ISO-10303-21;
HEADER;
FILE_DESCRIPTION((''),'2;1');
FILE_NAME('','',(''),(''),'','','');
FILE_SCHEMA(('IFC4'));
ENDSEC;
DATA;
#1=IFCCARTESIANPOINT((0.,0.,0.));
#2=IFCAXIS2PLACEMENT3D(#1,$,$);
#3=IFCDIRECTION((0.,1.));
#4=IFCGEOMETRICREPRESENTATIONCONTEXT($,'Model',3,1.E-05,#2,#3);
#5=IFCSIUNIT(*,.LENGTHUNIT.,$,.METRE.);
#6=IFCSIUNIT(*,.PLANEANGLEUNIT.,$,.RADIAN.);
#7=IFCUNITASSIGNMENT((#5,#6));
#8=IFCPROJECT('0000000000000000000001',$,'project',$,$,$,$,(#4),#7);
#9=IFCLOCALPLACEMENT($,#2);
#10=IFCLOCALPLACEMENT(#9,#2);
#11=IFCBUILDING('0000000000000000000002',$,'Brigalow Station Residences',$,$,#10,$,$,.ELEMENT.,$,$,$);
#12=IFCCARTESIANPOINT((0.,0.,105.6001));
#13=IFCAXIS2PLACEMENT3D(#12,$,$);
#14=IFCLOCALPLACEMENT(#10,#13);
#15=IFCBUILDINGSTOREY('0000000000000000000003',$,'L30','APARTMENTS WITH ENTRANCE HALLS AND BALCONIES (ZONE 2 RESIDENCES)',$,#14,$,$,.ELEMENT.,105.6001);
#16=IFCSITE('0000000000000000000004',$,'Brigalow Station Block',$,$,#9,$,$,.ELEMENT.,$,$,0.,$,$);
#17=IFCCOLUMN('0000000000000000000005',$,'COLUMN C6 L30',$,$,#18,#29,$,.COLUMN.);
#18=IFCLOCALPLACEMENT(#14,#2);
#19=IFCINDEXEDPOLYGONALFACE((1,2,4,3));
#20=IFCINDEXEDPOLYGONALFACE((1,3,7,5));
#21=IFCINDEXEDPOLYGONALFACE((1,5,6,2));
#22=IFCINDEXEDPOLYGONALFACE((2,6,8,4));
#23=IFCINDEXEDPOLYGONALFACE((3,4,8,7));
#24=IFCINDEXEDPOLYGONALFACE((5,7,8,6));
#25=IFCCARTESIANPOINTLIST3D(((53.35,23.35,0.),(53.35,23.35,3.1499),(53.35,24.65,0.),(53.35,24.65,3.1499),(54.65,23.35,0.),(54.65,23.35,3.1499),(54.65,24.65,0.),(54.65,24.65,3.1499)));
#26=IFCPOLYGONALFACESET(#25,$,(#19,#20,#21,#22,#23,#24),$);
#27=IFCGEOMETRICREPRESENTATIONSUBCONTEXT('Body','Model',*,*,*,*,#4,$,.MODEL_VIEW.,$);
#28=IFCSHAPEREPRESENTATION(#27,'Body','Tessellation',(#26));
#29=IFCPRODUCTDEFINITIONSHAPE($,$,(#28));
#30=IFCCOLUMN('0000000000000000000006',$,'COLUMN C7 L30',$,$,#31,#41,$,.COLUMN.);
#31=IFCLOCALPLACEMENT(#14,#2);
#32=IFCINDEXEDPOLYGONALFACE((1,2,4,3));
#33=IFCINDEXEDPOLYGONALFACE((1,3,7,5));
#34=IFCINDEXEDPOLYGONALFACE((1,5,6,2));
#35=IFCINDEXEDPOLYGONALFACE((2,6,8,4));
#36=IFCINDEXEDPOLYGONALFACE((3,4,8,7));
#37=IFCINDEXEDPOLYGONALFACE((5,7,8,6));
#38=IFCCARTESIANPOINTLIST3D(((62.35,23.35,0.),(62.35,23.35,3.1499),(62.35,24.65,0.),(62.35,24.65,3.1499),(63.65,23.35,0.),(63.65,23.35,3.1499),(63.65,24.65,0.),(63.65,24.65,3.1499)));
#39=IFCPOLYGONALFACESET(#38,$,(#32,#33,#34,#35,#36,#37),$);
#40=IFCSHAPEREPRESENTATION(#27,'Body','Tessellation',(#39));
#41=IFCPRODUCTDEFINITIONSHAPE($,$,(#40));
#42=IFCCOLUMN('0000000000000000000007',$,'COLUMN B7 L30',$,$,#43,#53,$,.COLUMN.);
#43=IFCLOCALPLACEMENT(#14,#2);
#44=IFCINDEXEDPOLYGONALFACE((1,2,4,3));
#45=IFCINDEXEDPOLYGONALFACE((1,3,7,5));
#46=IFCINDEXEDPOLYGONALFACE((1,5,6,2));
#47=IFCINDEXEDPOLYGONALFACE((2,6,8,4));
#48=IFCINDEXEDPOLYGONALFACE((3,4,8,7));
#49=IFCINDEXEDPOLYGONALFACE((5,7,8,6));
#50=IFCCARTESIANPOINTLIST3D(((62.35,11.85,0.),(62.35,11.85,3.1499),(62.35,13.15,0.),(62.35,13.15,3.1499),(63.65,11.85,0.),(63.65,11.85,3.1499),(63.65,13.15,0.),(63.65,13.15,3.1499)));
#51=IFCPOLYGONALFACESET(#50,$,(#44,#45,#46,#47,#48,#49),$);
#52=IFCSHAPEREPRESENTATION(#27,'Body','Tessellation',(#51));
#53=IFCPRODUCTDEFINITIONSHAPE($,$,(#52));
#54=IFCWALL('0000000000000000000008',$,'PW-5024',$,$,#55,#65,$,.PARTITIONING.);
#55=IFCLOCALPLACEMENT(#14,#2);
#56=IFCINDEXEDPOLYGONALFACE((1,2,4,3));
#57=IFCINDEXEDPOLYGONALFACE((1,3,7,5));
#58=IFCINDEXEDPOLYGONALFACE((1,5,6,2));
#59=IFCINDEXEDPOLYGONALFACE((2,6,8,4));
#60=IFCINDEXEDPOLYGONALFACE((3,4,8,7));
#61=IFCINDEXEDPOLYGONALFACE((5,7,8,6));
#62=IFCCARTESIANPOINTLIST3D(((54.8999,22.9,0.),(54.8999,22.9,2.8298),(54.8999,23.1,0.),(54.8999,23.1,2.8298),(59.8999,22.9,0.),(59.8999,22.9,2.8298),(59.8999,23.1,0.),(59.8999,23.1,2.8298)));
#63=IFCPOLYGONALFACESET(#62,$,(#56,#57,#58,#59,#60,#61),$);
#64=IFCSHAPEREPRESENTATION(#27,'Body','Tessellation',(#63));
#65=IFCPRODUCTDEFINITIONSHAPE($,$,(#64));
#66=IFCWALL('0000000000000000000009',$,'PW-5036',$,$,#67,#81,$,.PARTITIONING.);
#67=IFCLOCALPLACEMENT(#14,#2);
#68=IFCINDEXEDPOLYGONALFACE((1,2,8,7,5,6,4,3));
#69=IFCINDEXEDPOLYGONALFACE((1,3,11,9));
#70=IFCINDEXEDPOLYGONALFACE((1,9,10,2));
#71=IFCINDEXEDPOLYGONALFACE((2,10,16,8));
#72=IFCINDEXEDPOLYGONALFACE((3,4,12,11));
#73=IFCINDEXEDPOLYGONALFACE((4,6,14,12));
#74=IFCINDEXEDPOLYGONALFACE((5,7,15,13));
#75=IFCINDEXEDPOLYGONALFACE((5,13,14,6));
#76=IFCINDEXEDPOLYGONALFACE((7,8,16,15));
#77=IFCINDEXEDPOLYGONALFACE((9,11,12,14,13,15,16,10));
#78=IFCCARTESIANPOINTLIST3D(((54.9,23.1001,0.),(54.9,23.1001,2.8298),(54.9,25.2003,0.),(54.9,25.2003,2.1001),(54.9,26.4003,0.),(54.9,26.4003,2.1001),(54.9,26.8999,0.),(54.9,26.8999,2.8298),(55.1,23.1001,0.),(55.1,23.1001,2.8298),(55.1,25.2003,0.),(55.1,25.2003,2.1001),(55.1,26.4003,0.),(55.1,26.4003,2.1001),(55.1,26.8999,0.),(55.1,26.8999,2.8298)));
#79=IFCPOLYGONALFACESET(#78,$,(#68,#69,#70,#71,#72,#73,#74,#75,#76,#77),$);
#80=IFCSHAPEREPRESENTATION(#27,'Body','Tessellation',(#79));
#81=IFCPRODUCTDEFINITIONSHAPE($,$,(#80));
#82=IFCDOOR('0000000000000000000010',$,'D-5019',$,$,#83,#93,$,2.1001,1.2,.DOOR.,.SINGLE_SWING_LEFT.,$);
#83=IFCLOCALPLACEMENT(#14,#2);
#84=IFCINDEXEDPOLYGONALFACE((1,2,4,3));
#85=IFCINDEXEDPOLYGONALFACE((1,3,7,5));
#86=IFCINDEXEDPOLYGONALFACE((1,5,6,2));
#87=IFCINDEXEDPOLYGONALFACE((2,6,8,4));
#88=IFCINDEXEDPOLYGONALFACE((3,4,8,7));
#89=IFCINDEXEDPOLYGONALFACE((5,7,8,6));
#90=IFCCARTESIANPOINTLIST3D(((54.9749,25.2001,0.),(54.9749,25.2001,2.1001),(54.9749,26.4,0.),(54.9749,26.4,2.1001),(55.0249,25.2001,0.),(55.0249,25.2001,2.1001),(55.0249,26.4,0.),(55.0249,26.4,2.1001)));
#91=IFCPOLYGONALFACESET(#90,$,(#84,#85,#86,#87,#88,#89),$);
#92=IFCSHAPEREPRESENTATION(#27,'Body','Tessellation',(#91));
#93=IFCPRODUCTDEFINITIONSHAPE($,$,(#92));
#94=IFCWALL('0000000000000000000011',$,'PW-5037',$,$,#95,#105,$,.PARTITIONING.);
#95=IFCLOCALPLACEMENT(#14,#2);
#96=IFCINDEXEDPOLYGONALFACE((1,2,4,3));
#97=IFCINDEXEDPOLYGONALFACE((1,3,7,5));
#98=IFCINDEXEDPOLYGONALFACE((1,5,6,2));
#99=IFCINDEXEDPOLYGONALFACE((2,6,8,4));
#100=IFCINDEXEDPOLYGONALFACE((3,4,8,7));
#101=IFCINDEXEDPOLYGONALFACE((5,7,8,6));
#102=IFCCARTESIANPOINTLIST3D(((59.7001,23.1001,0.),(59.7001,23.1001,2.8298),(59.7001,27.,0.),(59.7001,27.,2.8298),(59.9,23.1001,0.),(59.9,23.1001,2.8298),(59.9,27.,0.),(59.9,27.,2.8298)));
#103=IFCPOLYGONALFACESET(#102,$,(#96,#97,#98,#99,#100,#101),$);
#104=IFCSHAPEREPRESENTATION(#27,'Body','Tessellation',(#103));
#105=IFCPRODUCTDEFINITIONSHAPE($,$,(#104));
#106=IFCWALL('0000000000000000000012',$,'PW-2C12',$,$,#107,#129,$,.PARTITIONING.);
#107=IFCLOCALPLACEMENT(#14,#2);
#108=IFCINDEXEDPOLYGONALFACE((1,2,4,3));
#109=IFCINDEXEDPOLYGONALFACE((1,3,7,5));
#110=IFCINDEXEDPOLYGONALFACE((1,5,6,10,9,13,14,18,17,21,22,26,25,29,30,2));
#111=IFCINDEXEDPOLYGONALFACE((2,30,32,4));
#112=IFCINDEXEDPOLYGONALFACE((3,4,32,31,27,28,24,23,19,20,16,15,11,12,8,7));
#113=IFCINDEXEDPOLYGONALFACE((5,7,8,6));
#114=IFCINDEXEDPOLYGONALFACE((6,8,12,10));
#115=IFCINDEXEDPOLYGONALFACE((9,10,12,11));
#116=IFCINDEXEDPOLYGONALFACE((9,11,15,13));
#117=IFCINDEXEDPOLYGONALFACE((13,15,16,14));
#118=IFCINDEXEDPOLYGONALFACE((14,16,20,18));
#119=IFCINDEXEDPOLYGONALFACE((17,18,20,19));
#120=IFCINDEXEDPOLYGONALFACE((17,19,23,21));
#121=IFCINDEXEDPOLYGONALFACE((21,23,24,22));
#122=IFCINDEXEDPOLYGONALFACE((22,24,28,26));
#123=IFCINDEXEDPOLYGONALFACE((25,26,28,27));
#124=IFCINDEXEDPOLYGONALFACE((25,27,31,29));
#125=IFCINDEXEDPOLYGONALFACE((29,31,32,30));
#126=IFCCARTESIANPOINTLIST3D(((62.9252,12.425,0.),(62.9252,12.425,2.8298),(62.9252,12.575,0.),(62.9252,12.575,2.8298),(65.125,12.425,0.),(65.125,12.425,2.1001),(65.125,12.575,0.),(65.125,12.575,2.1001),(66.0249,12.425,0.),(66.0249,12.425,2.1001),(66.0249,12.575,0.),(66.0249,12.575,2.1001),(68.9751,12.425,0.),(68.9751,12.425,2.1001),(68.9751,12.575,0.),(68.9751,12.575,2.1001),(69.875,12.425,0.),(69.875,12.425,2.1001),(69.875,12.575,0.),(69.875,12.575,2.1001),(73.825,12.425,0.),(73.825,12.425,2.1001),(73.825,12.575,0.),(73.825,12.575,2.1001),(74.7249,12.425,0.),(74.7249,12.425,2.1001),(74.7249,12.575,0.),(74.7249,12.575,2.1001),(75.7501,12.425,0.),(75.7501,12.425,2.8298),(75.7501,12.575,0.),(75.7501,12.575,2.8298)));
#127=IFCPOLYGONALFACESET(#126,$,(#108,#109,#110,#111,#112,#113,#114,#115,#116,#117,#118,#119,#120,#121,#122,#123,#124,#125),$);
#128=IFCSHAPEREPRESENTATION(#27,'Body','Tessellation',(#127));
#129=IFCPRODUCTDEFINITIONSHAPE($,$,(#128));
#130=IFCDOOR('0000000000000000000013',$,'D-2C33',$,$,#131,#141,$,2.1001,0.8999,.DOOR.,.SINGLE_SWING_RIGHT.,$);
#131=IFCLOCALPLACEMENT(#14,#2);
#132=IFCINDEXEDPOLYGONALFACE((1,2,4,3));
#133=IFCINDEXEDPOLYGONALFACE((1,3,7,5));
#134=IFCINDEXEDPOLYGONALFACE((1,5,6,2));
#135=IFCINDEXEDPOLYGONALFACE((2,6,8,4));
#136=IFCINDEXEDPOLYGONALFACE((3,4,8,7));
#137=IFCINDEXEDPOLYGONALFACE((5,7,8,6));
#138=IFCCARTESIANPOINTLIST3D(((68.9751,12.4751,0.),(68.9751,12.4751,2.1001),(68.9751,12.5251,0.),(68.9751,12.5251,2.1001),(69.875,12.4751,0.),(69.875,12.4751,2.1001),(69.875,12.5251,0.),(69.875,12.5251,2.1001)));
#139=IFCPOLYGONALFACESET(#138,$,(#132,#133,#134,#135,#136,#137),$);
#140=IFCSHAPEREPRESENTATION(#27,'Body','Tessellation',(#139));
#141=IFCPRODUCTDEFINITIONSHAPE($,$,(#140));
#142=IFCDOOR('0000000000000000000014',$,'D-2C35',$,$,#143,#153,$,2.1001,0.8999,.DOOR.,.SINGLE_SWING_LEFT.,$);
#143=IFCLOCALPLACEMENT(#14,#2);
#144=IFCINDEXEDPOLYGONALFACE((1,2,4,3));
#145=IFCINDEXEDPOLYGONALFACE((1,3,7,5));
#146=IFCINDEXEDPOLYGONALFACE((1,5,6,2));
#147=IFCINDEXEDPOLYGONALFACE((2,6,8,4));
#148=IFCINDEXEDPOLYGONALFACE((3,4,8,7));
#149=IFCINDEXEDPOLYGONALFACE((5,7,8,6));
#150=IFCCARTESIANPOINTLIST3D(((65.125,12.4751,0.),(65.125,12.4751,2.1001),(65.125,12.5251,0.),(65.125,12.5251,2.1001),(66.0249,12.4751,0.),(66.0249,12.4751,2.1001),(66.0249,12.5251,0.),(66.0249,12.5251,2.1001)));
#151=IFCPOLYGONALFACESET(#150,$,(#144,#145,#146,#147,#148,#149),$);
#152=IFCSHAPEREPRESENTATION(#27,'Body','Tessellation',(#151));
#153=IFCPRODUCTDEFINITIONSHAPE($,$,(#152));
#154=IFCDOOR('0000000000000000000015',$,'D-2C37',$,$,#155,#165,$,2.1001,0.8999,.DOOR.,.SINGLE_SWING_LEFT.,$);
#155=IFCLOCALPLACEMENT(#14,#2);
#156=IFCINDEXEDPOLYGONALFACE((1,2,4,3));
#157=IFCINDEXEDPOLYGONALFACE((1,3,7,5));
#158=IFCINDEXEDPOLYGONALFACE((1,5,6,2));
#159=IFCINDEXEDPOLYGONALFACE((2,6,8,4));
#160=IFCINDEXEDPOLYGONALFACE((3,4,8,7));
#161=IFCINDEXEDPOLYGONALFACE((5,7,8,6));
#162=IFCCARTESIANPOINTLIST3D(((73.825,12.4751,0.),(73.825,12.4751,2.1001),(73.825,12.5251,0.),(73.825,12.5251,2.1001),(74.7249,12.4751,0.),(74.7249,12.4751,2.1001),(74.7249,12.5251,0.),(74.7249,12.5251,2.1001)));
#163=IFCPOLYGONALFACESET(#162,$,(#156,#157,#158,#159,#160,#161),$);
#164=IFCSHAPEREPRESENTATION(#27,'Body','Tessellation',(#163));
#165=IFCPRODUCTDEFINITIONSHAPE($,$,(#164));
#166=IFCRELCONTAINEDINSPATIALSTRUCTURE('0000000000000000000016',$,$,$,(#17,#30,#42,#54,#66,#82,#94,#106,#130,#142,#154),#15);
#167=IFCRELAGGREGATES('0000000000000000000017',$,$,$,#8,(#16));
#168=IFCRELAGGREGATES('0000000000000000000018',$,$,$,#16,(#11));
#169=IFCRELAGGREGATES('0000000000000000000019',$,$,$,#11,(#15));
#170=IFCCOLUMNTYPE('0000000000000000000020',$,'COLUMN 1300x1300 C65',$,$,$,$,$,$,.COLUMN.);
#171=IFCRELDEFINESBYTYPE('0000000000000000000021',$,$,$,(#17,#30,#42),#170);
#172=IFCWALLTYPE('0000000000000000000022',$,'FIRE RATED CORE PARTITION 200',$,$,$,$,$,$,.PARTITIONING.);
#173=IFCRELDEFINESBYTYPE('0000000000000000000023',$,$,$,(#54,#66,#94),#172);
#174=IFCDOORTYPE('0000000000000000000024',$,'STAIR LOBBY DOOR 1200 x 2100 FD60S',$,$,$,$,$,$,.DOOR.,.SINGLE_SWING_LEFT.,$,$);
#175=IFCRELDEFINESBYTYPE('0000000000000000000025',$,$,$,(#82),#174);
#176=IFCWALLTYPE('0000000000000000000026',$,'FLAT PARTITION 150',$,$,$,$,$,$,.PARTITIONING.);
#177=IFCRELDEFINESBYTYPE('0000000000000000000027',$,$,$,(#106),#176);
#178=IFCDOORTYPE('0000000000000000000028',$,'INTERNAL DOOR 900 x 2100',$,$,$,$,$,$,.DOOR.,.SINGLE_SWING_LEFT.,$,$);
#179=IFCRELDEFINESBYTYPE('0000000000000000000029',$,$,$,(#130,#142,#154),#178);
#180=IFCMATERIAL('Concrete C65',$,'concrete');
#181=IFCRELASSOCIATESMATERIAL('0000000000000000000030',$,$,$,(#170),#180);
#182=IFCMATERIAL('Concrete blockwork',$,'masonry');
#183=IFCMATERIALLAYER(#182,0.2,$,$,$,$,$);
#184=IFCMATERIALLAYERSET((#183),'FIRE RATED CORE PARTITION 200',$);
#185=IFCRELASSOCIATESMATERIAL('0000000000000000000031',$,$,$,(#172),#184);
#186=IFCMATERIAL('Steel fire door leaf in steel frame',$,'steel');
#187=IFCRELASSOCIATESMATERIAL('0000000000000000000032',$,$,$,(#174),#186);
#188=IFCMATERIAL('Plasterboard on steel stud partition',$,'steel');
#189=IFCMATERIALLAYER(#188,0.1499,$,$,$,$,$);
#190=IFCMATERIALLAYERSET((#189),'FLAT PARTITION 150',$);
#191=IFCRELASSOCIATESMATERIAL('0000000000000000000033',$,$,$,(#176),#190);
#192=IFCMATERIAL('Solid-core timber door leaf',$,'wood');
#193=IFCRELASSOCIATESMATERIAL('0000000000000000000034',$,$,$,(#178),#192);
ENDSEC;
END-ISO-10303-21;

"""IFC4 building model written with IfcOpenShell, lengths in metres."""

from ifc_helpers import new_model, si_unit, direction, frame, frame_2d, origin, origin_2d, place, context, subcontext, project, spatial, rectangle, extrude, material, layer, layer_set, material_profile, profile_set, type_object, element, fill, save


model = new_model("IFC4")

# Units and contexts
model_context = context("Model", 3, precision=1e-05, world=origin(), true_north=direction((0.0, 1.0)))
body_context = subcontext(model_context, "Body", "Model", "MODEL_VIEW")
ifc_project = project(units=[si_unit("LENGTHUNIT", "METRE"), si_unit("PLANEANGLEUNIT", "RADIAN")], contexts=[model_context])

# Site, building, storey
site_placement = place(None, origin())
site = spatial("IfcSite", under=ifc_project, at=site_placement, Name="Brigalow Station Block", CompositionType="ELEMENT", RefElevation=0.0)
building_placement = place(site_placement, origin())
building = spatial("IfcBuilding", under=site, at=building_placement, Name="Brigalow Station Residences", CompositionType="ELEMENT")
storey_placement = place(building_placement, frame((0.0, 0.0, 105.6001)))
storey = spatial("IfcBuildingStorey", under=building, at=storey_placement, Name="L30", Description="APARTMENTS WITH ENTRANCE HALLS AND BALCONIES (ZONE 2 RESIDENCES)", CompositionType="ELEMENT", Elevation=105.6001)

# Columns
ifc_material_1 = material(Name="Concrete C65", Category="concrete")
ifc_material_profile = material_profile(ifc_material_1, rectangle(XDim=1.3, YDim=1.3, at=origin_2d()), Name="RC1300x1300")
ifc_profile_set = profile_set([ifc_material_profile], Name="Concrete C65")
column_type = type_object("IfcColumnType", Name="COLUMN 1300x1300 C65", PredefinedType="COLUMN", material=ifc_profile_set)
for number, where, z_axis, x_axis, name in (
    (1, (54.0, 24.0, 0.0), (0.0, 0.0, 1.0), (1.0, 0.0, 0.0), "COLUMN C6 L30"),
    (2, (63.0, 24.0, 0.0), (0.0, 0.0, 1.0), (1.0, 0.0, 0.0), "COLUMN C7 L30"),
    (3, (63.0, 12.5, 0.0), (0.0, 0.0, 1.0), (1.0, 0.0, 0.0), "COLUMN B7 L30"),
):
    element("IfcColumn", number, at=place(storey_placement, frame(where, z_axis=z_axis, x_axis=x_axis)), inside=storey, type_object=column_type, Name=name, PredefinedType="COLUMN", context=body_context, shape_type="SweptSolid", body=[
        extrude(rectangle(XDim=1.3, YDim=1.3, at=origin_2d()), origin(), (0.0, 0.0, 1.0), 3.1499),
    ])

# Wall
ifc_material_2 = material(Name="Concrete blockwork", Category="masonry")
ifc_layer_1 = layer(ifc_material_2, 0.2)
ifc_layer_set_1 = layer_set([ifc_layer_1], Name="FIRE RATED CORE PARTITION 200")
wall_type_1 = type_object("IfcWallType", Name="FIRE RATED CORE PARTITION 200", PredefinedType="PARTITIONING", material=ifc_layer_set_1)
wall_1_placement = place(storey_placement, frame((54.8999, 23.0, 0.0), z_axis=(0.0, 0.0, 1.0), x_axis=(1.0, 0.0, 0.0)))
element("IfcWall", 4, at=wall_1_placement, inside=storey, type_object=wall_type_1, Name="PW-5024", PredefinedType="PARTITIONING", context=body_context, shape_type="SweptSolid", body=[
    extrude(rectangle(XDim=5.0, YDim=0.2, at=frame_2d((2.5, 0.0))), origin(), (0.0, 0.0, 1.0), 2.8298),
])

# Wall, opening, door
wall_2_placement = place(storey_placement, frame((55.0, 23.1001, 0.0), z_axis=(0.0, 0.0, 1.0), x_axis=(0.0, 1.0, 0.0)))
wall_2 = element("IfcWall", 5, at=wall_2_placement, inside=storey, type_object=wall_type_1, Name="PW-5036", PredefinedType="PARTITIONING", context=body_context, shape_type="SweptSolid", body=[
    extrude(rectangle(XDim=3.7998, YDim=0.2, at=frame_2d((1.8999, 0.0))), origin(), (0.0, 0.0, 1.0), 2.8298),
])
opening_1_placement = place(wall_2_placement, frame((2.1001, 0.0, 0.0)))
opening_1 = element("IfcOpeningElement", 6, at=opening_1_placement, cuts=wall_2, PredefinedType="OPENING", context=body_context, shape_type="SweptSolid", body=[
    extrude(rectangle(XDim=1.2, YDim=2.1001, at=frame_2d((0.6001, 1.05))), frame((0.0, 0.1099, 0.0), z_axis=(0.0, -1.0, 0.0), x_axis=(1.0, 0.0, 0.0)), (0.0, 0.0, 1.0), 0.22),
])
ifc_material_3 = material(Name="Steel fire door leaf in steel frame", Category="steel")
door_type_1 = type_object("IfcDoorType", Name="STAIR LOBBY DOOR 1200 x 2100 FD60S", OperationType="SINGLE_SWING_LEFT", PredefinedType="DOOR", material=ifc_material_3)
door_1_placement = place(opening_1_placement, frame((1.2, 0.0, 0.0), z_axis=(0.0, 0.0, 1.0), x_axis=(-1.0, 0.0, 0.0)))
door_1 = element("IfcDoor", 7, at=door_1_placement, inside=storey, type_object=door_type_1, Name="D-5019", OperationType="SINGLE_SWING_LEFT", OverallHeight=2.1001, OverallWidth=1.2, PredefinedType="DOOR", context=body_context, shape_type="SweptSolid", body=[
    extrude(rectangle(XDim=1.2, YDim=2.1001, at=frame_2d((0.6001, 1.05))), frame((0.0, 0.0249, 0.0), z_axis=(0.0, -1.0, 0.0), x_axis=(1.0, 0.0, 0.0)), (0.0, 0.0, 1.0), 0.05),
])
fill(opening_1, door_1)

# Wall
wall_3_placement = place(storey_placement, frame((59.8, 23.1001, 0.0), z_axis=(0.0, 0.0, 1.0), x_axis=(0.0, 1.0, 0.0)))
element("IfcWall", 8, at=wall_3_placement, inside=storey, type_object=wall_type_1, Name="PW-5037", PredefinedType="PARTITIONING", context=body_context, shape_type="SweptSolid", body=[
    extrude(rectangle(XDim=3.8999, YDim=0.2, at=frame_2d((1.95, 0.0))), origin(), (0.0, 0.0, 1.0), 2.8298),
])

# Wall, openings, doors
ifc_material_4 = material(Name="Plasterboard on steel stud partition", Category="steel")
ifc_layer_2 = layer(ifc_material_4, 0.1499)
ifc_layer_set_2 = layer_set([ifc_layer_2], Name="FLAT PARTITION 150")
wall_type_2 = type_object("IfcWallType", Name="FLAT PARTITION 150", PredefinedType="PARTITIONING", material=ifc_layer_set_2)
wall_4_placement = place(storey_placement, frame((62.925, 12.5, 0.0), z_axis=(0.0, 0.0, 1.0), x_axis=(1.0, 0.0, 0.0)))
wall_4 = element("IfcWall", 9, at=wall_4_placement, inside=storey, type_object=wall_type_2, Name="PW-2C12", PredefinedType="PARTITIONING", context=body_context, shape_type="SweptSolid", body=[
    extrude(rectangle(XDim=12.825, YDim=0.1499, at=frame_2d((6.4126, 0.0))), origin(), (0.0, 0.0, 1.0), 2.8298),
])
opening_2_placement = place(wall_4_placement, frame((6.05, 0.0, 0.0)))
opening_2 = element("IfcOpeningElement", 10, at=opening_2_placement, cuts=wall_4, PredefinedType="OPENING", context=body_context, shape_type="SweptSolid", body=[
    extrude(rectangle(XDim=0.8999, YDim=2.1001, at=frame_2d((0.45, 1.05))), frame((0.0, 0.085, 0.0), z_axis=(0.0, -1.0, 0.0), x_axis=(1.0, 0.0, 0.0)), (0.0, 0.0, 1.0), 0.1699),
])
opening_3_placement = place(wall_4_placement, frame((2.2, 0.0, 0.0)))
opening_3 = element("IfcOpeningElement", 11, at=opening_3_placement, cuts=wall_4, PredefinedType="OPENING", context=body_context, shape_type="SweptSolid", body=[
    extrude(rectangle(XDim=0.8999, YDim=2.1001, at=frame_2d((0.45, 1.05))), frame((0.0, 0.085, 0.0), z_axis=(0.0, -1.0, 0.0), x_axis=(1.0, 0.0, 0.0)), (0.0, 0.0, 1.0), 0.1699),
])
opening_4_placement = place(wall_4_placement, frame((10.8999, 0.0, 0.0)))
opening_4 = element("IfcOpeningElement", 12, at=opening_4_placement, cuts=wall_4, PredefinedType="OPENING", context=body_context, shape_type="SweptSolid", body=[
    extrude(rectangle(XDim=0.8999, YDim=2.1001, at=frame_2d((0.45, 1.05))), frame((0.0, 0.085, 0.0), z_axis=(0.0, -1.0, 0.0), x_axis=(1.0, 0.0, 0.0)), (0.0, 0.0, 1.0), 0.1699),
])
ifc_material_5 = material(Name="Solid-core timber door leaf", Category="wood")
door_type_2 = type_object("IfcDoorType", Name="INTERNAL DOOR 900 x 2100", OperationType="SINGLE_SWING_LEFT", PredefinedType="DOOR", material=ifc_material_5)
door_2_placement = place(opening_2_placement, frame((0.8999, 0.0, 0.0), z_axis=(0.0, 0.0, 1.0), x_axis=(-1.0, 0.0, 0.0)))
door_2 = element("IfcDoor", 13, at=door_2_placement, inside=storey, type_object=door_type_2, Name="D-2C33", OperationType="SINGLE_SWING_RIGHT", OverallHeight=2.1001, OverallWidth=0.8999, PredefinedType="DOOR", context=body_context, shape_type="SweptSolid", body=[
    extrude(rectangle(XDim=0.8999, YDim=2.1001, at=frame_2d((0.45, 1.05))), frame((0.0, 0.0249, 0.0), z_axis=(0.0, -1.0, 0.0), x_axis=(1.0, 0.0, 0.0)), (0.0, 0.0, 1.0), 0.05),
])
fill(opening_2, door_2)
door_3_placement = place(opening_3_placement, frame((0.8999, 0.0, 0.0), z_axis=(0.0, 0.0, 1.0), x_axis=(-1.0, 0.0, 0.0)))
door_3 = element("IfcDoor", 14, at=door_3_placement, inside=storey, type_object=door_type_2, Name="D-2C35", OperationType="SINGLE_SWING_LEFT", OverallHeight=2.1001, OverallWidth=0.8999, PredefinedType="DOOR", context=body_context, shape_type="SweptSolid", body=[
    extrude(rectangle(XDim=0.8999, YDim=2.1001, at=frame_2d((0.45, 1.05))), frame((0.0, 0.0249, 0.0), z_axis=(0.0, -1.0, 0.0), x_axis=(1.0, 0.0, 0.0)), (0.0, 0.0, 1.0), 0.05),
])
fill(opening_3, door_3)
door_4_placement = place(opening_4_placement, frame((0.8999, 0.0, 0.0), z_axis=(0.0, 0.0, 1.0), x_axis=(-1.0, 0.0, 0.0)))
door_4 = element("IfcDoor", 15, at=door_4_placement, inside=storey, type_object=door_type_2, Name="D-2C37", OperationType="SINGLE_SWING_LEFT", OverallHeight=2.1001, OverallWidth=0.8999, PredefinedType="DOOR", context=body_context, shape_type="SweptSolid", body=[
    extrude(rectangle(XDim=0.8999, YDim=2.1001, at=frame_2d((0.45, 1.05))), frame((0.0, 0.0249, 0.0), z_axis=(0.0, -1.0, 0.0), x_axis=(1.0, 0.0, 0.0)), (0.0, 0.0, 1.0), 0.05),
])
fill(opening_4, door_4)

save(model, "model.ifc")
